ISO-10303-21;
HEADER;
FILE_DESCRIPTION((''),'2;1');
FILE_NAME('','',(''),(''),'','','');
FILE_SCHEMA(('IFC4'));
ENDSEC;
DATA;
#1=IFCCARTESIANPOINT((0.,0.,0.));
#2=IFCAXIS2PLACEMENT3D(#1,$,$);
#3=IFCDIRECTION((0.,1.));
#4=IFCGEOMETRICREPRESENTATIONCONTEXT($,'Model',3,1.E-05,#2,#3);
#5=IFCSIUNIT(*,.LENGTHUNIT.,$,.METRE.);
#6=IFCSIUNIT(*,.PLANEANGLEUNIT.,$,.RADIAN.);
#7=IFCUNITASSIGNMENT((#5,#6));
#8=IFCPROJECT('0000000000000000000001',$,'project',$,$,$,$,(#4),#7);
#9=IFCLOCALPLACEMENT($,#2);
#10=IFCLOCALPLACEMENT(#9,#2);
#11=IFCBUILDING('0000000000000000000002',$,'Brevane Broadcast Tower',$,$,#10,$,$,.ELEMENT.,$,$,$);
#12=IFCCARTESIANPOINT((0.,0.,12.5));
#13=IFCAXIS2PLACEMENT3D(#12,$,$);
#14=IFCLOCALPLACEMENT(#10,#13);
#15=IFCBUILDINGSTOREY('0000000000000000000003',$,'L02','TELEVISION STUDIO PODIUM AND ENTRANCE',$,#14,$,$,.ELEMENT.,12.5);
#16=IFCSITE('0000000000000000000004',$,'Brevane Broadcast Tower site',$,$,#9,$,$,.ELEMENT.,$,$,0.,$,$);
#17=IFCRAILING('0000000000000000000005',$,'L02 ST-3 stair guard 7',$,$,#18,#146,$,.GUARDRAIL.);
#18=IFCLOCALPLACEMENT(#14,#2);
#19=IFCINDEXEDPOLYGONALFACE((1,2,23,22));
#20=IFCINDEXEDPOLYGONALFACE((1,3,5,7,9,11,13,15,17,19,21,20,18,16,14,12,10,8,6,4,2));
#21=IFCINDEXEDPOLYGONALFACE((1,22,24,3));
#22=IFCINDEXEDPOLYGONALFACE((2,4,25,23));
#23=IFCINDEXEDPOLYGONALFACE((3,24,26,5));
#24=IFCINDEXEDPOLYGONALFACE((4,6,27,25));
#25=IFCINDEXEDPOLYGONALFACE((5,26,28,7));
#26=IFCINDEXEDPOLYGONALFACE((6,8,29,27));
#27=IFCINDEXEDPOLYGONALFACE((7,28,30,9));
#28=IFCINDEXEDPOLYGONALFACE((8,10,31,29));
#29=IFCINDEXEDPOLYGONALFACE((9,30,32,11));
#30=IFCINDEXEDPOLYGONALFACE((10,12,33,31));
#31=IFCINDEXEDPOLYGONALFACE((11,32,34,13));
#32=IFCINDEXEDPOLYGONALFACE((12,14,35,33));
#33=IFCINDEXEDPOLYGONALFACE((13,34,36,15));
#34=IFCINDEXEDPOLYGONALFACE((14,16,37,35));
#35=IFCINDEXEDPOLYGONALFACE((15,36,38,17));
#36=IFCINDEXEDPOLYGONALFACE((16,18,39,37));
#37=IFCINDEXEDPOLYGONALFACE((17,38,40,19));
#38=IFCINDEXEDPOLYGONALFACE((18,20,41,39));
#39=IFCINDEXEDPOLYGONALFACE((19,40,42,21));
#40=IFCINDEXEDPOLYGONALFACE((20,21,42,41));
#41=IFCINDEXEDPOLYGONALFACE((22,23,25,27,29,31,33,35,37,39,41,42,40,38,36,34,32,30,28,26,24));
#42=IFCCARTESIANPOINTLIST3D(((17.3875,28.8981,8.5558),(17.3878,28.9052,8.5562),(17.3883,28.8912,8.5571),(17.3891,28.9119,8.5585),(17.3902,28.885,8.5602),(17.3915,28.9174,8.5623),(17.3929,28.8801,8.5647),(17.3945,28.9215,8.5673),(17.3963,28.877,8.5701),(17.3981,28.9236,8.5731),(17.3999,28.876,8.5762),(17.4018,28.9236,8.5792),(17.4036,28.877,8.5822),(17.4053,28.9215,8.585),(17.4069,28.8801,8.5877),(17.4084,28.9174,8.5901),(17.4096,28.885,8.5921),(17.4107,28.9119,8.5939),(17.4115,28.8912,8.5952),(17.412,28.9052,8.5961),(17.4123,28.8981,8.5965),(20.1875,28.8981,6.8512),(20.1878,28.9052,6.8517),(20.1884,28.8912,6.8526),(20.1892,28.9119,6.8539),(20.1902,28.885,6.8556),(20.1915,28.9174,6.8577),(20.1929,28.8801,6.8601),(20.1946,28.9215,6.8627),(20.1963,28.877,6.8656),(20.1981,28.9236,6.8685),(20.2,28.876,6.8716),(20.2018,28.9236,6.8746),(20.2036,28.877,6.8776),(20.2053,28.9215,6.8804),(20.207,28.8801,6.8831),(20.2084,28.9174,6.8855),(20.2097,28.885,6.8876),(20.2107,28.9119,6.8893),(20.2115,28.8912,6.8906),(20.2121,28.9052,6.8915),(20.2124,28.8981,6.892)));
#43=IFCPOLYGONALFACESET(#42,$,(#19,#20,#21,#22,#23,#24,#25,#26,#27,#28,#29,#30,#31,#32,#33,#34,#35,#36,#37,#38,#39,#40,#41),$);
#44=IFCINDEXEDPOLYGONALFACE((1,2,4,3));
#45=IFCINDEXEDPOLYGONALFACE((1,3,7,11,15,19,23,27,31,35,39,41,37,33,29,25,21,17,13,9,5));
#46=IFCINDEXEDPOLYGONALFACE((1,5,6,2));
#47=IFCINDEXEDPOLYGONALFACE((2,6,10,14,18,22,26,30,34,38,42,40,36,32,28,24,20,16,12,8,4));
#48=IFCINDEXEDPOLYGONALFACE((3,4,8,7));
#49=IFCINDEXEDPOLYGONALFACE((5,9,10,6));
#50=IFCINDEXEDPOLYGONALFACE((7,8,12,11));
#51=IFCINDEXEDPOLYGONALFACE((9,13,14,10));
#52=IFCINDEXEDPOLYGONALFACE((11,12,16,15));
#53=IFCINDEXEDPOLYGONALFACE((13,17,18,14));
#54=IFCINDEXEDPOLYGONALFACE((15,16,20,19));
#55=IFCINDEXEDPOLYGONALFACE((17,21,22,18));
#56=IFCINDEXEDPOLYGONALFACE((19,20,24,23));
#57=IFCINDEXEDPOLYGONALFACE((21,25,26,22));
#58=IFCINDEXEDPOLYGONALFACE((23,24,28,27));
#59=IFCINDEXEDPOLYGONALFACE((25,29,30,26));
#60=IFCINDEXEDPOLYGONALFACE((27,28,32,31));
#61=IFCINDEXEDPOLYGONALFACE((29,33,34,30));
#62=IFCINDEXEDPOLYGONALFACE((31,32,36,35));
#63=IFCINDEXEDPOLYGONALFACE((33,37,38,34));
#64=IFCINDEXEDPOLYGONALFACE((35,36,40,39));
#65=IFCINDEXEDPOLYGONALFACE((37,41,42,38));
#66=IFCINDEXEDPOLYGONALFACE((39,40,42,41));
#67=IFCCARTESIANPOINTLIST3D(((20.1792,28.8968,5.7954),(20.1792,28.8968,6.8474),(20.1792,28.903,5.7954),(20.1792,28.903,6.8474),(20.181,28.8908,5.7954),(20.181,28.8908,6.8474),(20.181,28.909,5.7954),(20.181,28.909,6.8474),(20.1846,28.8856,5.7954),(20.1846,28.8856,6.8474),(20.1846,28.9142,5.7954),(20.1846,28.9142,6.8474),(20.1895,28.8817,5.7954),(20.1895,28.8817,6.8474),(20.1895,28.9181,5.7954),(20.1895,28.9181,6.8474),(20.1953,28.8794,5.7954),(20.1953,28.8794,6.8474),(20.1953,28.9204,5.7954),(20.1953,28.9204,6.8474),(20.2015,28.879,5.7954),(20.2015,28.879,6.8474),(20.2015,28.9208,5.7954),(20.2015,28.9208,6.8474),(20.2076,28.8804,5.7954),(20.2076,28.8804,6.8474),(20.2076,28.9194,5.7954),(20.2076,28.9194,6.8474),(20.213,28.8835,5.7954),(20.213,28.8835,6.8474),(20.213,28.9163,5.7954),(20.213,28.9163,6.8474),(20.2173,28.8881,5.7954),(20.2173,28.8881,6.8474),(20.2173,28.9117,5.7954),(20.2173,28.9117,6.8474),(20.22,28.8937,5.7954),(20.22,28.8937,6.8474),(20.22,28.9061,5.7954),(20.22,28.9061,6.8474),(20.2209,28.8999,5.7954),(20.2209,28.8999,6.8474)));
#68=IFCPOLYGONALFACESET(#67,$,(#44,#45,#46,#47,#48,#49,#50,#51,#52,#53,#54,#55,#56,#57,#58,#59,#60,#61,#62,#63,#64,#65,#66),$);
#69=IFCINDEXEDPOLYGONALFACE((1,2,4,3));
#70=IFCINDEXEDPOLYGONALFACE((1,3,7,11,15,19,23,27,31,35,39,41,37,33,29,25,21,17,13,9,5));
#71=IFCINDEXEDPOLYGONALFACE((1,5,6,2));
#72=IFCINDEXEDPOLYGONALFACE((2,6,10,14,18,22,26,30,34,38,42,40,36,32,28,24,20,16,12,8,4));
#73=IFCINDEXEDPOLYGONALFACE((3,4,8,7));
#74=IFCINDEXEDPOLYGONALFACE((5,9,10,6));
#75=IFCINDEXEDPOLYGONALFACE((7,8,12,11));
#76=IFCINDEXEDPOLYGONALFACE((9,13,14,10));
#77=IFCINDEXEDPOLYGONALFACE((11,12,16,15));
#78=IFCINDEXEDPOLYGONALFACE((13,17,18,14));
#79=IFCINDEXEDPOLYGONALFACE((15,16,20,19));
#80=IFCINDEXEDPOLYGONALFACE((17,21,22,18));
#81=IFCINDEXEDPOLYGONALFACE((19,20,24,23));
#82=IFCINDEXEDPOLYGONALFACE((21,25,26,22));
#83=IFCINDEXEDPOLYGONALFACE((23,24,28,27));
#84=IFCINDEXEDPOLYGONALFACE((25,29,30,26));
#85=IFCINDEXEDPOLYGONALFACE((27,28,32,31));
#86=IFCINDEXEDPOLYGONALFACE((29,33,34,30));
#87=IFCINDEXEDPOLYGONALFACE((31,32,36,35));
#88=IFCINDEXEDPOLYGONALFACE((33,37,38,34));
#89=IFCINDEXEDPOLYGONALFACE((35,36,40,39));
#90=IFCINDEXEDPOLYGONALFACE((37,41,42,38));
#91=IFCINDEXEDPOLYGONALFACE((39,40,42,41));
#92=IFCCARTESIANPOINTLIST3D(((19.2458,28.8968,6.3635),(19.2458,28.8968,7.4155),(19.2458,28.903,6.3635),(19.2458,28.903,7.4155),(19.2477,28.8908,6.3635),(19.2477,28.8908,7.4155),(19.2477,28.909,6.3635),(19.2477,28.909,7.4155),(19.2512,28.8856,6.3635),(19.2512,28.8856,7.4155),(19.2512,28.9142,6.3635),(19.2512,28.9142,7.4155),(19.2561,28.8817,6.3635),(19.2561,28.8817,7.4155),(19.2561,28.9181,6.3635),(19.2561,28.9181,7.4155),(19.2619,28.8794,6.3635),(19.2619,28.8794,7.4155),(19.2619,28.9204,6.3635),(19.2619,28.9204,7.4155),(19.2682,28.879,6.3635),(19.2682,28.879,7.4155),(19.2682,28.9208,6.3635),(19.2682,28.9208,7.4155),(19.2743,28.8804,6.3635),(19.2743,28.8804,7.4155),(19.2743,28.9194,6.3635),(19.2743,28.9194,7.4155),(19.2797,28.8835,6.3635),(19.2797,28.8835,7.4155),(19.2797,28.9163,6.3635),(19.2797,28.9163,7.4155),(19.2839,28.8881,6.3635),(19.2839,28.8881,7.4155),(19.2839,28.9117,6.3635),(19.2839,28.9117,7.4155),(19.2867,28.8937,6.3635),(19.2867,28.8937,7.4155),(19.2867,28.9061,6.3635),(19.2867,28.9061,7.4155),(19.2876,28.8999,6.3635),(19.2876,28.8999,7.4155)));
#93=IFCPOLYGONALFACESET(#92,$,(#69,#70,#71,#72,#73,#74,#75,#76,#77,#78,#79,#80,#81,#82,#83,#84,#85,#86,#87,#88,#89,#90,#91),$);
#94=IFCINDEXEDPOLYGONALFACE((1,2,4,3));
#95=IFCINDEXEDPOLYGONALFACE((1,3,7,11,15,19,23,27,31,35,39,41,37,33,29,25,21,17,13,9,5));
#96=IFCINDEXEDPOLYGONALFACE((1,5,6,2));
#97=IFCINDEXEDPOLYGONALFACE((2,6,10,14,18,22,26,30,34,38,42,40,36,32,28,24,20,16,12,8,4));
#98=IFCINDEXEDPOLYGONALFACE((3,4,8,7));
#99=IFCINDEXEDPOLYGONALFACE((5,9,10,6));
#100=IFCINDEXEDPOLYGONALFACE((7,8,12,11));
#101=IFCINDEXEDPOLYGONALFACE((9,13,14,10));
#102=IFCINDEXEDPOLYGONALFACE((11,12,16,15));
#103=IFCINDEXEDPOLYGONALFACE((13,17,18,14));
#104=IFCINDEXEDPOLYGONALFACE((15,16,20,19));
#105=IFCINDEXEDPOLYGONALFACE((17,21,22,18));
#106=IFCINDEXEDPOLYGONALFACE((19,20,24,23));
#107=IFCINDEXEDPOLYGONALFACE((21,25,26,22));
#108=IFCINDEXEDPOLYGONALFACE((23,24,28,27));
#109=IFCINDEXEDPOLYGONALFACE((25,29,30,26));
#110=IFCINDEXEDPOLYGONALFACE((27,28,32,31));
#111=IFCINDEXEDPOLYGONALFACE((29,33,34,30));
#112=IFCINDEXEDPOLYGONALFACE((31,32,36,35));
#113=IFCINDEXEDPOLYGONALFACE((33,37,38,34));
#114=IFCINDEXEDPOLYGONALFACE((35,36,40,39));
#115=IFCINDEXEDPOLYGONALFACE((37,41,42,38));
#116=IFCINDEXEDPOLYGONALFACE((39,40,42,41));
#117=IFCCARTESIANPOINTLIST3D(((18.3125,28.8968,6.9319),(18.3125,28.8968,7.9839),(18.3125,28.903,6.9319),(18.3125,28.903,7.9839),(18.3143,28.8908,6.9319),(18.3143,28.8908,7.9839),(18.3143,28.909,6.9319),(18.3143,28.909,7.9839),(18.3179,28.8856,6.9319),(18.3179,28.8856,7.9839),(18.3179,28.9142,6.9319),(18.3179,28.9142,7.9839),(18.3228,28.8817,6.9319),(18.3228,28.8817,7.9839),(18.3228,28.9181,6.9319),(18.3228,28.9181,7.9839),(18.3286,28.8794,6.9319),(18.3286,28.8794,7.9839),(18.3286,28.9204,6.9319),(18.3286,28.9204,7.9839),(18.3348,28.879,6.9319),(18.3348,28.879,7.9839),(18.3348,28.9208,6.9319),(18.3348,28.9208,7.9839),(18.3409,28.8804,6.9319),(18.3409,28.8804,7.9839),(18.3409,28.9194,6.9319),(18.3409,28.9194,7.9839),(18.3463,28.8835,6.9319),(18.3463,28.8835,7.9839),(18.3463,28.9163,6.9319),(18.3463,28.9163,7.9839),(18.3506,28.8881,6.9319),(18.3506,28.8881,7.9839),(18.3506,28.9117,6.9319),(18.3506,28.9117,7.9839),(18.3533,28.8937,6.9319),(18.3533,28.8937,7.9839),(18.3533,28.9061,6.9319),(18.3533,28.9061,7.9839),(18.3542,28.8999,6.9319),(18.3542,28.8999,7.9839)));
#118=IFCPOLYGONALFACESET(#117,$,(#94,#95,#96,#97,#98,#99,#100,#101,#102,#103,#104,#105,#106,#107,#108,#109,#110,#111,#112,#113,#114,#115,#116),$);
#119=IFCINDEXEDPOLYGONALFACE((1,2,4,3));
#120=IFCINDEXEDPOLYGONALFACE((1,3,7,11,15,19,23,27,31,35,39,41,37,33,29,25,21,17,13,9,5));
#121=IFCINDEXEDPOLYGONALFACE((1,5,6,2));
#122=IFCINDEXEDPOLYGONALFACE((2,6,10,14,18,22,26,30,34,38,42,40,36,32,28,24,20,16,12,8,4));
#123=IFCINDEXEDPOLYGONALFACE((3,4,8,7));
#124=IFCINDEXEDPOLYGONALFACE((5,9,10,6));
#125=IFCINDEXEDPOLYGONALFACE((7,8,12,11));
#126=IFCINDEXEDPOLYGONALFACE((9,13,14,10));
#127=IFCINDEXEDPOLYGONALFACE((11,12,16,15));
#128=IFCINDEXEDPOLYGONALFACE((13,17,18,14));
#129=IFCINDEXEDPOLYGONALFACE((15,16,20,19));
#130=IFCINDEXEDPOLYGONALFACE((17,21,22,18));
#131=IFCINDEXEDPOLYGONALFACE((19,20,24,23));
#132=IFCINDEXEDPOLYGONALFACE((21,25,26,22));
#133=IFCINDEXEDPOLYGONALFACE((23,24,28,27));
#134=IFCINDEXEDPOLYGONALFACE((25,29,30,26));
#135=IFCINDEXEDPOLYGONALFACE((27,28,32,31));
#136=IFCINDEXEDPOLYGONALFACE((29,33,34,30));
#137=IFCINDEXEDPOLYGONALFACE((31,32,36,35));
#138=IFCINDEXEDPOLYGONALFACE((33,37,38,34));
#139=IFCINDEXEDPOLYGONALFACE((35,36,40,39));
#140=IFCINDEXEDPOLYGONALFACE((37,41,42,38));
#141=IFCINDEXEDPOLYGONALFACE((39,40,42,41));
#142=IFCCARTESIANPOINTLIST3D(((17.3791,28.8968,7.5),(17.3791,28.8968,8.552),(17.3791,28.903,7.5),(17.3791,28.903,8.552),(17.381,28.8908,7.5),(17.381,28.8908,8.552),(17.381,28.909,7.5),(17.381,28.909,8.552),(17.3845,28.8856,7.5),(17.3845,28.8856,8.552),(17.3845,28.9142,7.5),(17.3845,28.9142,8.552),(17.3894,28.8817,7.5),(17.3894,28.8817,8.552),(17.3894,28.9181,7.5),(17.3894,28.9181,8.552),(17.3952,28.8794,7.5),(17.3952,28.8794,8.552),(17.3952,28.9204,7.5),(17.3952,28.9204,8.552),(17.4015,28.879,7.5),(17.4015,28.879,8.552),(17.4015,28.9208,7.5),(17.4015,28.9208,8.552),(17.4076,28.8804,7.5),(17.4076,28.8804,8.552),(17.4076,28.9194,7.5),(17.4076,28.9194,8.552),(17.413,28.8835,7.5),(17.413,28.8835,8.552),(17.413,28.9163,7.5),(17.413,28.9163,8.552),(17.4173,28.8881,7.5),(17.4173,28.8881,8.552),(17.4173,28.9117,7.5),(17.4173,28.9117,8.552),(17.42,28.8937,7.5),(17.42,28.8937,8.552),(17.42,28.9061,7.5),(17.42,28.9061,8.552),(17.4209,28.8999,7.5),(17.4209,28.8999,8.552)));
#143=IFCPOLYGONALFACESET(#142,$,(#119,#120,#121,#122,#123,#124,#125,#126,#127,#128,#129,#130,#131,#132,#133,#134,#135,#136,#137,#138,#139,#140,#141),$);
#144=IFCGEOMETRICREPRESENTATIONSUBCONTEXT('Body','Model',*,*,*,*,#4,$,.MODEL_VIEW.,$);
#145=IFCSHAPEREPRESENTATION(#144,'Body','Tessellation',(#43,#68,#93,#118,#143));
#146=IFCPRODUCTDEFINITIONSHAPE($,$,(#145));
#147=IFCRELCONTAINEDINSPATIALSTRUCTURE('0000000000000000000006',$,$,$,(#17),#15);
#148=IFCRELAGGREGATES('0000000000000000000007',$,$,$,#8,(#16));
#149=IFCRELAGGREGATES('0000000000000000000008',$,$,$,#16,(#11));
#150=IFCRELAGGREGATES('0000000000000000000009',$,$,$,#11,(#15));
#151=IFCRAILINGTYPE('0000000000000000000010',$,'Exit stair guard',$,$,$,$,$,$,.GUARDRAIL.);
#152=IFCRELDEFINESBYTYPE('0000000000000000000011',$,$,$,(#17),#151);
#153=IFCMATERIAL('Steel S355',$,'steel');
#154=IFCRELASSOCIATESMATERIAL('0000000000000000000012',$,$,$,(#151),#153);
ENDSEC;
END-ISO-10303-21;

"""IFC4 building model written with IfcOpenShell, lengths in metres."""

from ifc_helpers import new_model, si_unit, direction, frame, origin, origin_2d, place, context, subcontext, project, spatial, circle, extrude, material, type_object, element, save


model = new_model("IFC4")

# Units and contexts
model_context = context("Model", 3, precision=1e-05, world=origin(), true_north=direction((0.0, 1.0)))
body_context = subcontext(model_context, "Body", "Model", "MODEL_VIEW")
ifc_project = project(units=[si_unit("LENGTHUNIT", "METRE"), si_unit("PLANEANGLEUNIT", "RADIAN")], contexts=[model_context])

# Site, building, storey
site_placement = place(None, origin())
site = spatial("IfcSite", under=ifc_project, at=site_placement, Name="Brevane Broadcast Tower site", CompositionType="ELEMENT", RefElevation=0.0)
building_placement = place(site_placement, origin())
building = spatial("IfcBuilding", under=site, at=building_placement, Name="Brevane Broadcast Tower", CompositionType="ELEMENT")
storey_placement = place(building_placement, frame((0.0, 0.0, 12.5)))
storey = spatial("IfcBuildingStorey", under=building, at=storey_placement, Name="L02", Description="TELEVISION STUDIO PODIUM AND ENTRANCE", CompositionType="ELEMENT", Elevation=12.5)

# Railing
ifc_material_1 = material(Name="Steel S355", Category="steel")
railing_type_1 = type_object("IfcRailingType", Name="Exit stair guard", PredefinedType="GUARDRAIL", material=ifc_material_1)
railing_1_placement = place(storey_placement, frame((20.2, 28.8999, 5.7954)))
element("IfcRailing", 1, at=railing_1_placement, inside=storey, type_object=railing_type_1, Name="L02 ST-3 stair guard 7", PredefinedType="GUARDRAIL", context=body_context, shape_type="SweptSolid", body=[
    extrude(circle(Radius=0.0239, at=origin_2d()), frame((0.0, 0.0, 1.0762), z_axis=(-0.85417, 0.0, 0.519994), x_axis=(0.0, -1.0, 0.0)), (0.0, 0.0, 1.0), 3.2781),
    extrude(circle(Radius=0.021, at=origin_2d()), origin(), (0.0, 0.0, 1.0), 1.052),
    extrude(circle(Radius=0.021, at=origin_2d()), frame((-0.9333, 0.0, 0.5681)), (0.0, 0.0, 1.0), 1.052),
    extrude(circle(Radius=0.021, at=origin_2d()), frame((-1.8667, 0.0, 1.1365)), (0.0, 0.0, 1.0), 1.052),
    extrude(circle(Radius=0.021, at=origin_2d()), frame((-2.8, 0.0, 1.7046)), (0.0, 0.0, 1.0), 1.052),
])

save(model, "model.ifc")
